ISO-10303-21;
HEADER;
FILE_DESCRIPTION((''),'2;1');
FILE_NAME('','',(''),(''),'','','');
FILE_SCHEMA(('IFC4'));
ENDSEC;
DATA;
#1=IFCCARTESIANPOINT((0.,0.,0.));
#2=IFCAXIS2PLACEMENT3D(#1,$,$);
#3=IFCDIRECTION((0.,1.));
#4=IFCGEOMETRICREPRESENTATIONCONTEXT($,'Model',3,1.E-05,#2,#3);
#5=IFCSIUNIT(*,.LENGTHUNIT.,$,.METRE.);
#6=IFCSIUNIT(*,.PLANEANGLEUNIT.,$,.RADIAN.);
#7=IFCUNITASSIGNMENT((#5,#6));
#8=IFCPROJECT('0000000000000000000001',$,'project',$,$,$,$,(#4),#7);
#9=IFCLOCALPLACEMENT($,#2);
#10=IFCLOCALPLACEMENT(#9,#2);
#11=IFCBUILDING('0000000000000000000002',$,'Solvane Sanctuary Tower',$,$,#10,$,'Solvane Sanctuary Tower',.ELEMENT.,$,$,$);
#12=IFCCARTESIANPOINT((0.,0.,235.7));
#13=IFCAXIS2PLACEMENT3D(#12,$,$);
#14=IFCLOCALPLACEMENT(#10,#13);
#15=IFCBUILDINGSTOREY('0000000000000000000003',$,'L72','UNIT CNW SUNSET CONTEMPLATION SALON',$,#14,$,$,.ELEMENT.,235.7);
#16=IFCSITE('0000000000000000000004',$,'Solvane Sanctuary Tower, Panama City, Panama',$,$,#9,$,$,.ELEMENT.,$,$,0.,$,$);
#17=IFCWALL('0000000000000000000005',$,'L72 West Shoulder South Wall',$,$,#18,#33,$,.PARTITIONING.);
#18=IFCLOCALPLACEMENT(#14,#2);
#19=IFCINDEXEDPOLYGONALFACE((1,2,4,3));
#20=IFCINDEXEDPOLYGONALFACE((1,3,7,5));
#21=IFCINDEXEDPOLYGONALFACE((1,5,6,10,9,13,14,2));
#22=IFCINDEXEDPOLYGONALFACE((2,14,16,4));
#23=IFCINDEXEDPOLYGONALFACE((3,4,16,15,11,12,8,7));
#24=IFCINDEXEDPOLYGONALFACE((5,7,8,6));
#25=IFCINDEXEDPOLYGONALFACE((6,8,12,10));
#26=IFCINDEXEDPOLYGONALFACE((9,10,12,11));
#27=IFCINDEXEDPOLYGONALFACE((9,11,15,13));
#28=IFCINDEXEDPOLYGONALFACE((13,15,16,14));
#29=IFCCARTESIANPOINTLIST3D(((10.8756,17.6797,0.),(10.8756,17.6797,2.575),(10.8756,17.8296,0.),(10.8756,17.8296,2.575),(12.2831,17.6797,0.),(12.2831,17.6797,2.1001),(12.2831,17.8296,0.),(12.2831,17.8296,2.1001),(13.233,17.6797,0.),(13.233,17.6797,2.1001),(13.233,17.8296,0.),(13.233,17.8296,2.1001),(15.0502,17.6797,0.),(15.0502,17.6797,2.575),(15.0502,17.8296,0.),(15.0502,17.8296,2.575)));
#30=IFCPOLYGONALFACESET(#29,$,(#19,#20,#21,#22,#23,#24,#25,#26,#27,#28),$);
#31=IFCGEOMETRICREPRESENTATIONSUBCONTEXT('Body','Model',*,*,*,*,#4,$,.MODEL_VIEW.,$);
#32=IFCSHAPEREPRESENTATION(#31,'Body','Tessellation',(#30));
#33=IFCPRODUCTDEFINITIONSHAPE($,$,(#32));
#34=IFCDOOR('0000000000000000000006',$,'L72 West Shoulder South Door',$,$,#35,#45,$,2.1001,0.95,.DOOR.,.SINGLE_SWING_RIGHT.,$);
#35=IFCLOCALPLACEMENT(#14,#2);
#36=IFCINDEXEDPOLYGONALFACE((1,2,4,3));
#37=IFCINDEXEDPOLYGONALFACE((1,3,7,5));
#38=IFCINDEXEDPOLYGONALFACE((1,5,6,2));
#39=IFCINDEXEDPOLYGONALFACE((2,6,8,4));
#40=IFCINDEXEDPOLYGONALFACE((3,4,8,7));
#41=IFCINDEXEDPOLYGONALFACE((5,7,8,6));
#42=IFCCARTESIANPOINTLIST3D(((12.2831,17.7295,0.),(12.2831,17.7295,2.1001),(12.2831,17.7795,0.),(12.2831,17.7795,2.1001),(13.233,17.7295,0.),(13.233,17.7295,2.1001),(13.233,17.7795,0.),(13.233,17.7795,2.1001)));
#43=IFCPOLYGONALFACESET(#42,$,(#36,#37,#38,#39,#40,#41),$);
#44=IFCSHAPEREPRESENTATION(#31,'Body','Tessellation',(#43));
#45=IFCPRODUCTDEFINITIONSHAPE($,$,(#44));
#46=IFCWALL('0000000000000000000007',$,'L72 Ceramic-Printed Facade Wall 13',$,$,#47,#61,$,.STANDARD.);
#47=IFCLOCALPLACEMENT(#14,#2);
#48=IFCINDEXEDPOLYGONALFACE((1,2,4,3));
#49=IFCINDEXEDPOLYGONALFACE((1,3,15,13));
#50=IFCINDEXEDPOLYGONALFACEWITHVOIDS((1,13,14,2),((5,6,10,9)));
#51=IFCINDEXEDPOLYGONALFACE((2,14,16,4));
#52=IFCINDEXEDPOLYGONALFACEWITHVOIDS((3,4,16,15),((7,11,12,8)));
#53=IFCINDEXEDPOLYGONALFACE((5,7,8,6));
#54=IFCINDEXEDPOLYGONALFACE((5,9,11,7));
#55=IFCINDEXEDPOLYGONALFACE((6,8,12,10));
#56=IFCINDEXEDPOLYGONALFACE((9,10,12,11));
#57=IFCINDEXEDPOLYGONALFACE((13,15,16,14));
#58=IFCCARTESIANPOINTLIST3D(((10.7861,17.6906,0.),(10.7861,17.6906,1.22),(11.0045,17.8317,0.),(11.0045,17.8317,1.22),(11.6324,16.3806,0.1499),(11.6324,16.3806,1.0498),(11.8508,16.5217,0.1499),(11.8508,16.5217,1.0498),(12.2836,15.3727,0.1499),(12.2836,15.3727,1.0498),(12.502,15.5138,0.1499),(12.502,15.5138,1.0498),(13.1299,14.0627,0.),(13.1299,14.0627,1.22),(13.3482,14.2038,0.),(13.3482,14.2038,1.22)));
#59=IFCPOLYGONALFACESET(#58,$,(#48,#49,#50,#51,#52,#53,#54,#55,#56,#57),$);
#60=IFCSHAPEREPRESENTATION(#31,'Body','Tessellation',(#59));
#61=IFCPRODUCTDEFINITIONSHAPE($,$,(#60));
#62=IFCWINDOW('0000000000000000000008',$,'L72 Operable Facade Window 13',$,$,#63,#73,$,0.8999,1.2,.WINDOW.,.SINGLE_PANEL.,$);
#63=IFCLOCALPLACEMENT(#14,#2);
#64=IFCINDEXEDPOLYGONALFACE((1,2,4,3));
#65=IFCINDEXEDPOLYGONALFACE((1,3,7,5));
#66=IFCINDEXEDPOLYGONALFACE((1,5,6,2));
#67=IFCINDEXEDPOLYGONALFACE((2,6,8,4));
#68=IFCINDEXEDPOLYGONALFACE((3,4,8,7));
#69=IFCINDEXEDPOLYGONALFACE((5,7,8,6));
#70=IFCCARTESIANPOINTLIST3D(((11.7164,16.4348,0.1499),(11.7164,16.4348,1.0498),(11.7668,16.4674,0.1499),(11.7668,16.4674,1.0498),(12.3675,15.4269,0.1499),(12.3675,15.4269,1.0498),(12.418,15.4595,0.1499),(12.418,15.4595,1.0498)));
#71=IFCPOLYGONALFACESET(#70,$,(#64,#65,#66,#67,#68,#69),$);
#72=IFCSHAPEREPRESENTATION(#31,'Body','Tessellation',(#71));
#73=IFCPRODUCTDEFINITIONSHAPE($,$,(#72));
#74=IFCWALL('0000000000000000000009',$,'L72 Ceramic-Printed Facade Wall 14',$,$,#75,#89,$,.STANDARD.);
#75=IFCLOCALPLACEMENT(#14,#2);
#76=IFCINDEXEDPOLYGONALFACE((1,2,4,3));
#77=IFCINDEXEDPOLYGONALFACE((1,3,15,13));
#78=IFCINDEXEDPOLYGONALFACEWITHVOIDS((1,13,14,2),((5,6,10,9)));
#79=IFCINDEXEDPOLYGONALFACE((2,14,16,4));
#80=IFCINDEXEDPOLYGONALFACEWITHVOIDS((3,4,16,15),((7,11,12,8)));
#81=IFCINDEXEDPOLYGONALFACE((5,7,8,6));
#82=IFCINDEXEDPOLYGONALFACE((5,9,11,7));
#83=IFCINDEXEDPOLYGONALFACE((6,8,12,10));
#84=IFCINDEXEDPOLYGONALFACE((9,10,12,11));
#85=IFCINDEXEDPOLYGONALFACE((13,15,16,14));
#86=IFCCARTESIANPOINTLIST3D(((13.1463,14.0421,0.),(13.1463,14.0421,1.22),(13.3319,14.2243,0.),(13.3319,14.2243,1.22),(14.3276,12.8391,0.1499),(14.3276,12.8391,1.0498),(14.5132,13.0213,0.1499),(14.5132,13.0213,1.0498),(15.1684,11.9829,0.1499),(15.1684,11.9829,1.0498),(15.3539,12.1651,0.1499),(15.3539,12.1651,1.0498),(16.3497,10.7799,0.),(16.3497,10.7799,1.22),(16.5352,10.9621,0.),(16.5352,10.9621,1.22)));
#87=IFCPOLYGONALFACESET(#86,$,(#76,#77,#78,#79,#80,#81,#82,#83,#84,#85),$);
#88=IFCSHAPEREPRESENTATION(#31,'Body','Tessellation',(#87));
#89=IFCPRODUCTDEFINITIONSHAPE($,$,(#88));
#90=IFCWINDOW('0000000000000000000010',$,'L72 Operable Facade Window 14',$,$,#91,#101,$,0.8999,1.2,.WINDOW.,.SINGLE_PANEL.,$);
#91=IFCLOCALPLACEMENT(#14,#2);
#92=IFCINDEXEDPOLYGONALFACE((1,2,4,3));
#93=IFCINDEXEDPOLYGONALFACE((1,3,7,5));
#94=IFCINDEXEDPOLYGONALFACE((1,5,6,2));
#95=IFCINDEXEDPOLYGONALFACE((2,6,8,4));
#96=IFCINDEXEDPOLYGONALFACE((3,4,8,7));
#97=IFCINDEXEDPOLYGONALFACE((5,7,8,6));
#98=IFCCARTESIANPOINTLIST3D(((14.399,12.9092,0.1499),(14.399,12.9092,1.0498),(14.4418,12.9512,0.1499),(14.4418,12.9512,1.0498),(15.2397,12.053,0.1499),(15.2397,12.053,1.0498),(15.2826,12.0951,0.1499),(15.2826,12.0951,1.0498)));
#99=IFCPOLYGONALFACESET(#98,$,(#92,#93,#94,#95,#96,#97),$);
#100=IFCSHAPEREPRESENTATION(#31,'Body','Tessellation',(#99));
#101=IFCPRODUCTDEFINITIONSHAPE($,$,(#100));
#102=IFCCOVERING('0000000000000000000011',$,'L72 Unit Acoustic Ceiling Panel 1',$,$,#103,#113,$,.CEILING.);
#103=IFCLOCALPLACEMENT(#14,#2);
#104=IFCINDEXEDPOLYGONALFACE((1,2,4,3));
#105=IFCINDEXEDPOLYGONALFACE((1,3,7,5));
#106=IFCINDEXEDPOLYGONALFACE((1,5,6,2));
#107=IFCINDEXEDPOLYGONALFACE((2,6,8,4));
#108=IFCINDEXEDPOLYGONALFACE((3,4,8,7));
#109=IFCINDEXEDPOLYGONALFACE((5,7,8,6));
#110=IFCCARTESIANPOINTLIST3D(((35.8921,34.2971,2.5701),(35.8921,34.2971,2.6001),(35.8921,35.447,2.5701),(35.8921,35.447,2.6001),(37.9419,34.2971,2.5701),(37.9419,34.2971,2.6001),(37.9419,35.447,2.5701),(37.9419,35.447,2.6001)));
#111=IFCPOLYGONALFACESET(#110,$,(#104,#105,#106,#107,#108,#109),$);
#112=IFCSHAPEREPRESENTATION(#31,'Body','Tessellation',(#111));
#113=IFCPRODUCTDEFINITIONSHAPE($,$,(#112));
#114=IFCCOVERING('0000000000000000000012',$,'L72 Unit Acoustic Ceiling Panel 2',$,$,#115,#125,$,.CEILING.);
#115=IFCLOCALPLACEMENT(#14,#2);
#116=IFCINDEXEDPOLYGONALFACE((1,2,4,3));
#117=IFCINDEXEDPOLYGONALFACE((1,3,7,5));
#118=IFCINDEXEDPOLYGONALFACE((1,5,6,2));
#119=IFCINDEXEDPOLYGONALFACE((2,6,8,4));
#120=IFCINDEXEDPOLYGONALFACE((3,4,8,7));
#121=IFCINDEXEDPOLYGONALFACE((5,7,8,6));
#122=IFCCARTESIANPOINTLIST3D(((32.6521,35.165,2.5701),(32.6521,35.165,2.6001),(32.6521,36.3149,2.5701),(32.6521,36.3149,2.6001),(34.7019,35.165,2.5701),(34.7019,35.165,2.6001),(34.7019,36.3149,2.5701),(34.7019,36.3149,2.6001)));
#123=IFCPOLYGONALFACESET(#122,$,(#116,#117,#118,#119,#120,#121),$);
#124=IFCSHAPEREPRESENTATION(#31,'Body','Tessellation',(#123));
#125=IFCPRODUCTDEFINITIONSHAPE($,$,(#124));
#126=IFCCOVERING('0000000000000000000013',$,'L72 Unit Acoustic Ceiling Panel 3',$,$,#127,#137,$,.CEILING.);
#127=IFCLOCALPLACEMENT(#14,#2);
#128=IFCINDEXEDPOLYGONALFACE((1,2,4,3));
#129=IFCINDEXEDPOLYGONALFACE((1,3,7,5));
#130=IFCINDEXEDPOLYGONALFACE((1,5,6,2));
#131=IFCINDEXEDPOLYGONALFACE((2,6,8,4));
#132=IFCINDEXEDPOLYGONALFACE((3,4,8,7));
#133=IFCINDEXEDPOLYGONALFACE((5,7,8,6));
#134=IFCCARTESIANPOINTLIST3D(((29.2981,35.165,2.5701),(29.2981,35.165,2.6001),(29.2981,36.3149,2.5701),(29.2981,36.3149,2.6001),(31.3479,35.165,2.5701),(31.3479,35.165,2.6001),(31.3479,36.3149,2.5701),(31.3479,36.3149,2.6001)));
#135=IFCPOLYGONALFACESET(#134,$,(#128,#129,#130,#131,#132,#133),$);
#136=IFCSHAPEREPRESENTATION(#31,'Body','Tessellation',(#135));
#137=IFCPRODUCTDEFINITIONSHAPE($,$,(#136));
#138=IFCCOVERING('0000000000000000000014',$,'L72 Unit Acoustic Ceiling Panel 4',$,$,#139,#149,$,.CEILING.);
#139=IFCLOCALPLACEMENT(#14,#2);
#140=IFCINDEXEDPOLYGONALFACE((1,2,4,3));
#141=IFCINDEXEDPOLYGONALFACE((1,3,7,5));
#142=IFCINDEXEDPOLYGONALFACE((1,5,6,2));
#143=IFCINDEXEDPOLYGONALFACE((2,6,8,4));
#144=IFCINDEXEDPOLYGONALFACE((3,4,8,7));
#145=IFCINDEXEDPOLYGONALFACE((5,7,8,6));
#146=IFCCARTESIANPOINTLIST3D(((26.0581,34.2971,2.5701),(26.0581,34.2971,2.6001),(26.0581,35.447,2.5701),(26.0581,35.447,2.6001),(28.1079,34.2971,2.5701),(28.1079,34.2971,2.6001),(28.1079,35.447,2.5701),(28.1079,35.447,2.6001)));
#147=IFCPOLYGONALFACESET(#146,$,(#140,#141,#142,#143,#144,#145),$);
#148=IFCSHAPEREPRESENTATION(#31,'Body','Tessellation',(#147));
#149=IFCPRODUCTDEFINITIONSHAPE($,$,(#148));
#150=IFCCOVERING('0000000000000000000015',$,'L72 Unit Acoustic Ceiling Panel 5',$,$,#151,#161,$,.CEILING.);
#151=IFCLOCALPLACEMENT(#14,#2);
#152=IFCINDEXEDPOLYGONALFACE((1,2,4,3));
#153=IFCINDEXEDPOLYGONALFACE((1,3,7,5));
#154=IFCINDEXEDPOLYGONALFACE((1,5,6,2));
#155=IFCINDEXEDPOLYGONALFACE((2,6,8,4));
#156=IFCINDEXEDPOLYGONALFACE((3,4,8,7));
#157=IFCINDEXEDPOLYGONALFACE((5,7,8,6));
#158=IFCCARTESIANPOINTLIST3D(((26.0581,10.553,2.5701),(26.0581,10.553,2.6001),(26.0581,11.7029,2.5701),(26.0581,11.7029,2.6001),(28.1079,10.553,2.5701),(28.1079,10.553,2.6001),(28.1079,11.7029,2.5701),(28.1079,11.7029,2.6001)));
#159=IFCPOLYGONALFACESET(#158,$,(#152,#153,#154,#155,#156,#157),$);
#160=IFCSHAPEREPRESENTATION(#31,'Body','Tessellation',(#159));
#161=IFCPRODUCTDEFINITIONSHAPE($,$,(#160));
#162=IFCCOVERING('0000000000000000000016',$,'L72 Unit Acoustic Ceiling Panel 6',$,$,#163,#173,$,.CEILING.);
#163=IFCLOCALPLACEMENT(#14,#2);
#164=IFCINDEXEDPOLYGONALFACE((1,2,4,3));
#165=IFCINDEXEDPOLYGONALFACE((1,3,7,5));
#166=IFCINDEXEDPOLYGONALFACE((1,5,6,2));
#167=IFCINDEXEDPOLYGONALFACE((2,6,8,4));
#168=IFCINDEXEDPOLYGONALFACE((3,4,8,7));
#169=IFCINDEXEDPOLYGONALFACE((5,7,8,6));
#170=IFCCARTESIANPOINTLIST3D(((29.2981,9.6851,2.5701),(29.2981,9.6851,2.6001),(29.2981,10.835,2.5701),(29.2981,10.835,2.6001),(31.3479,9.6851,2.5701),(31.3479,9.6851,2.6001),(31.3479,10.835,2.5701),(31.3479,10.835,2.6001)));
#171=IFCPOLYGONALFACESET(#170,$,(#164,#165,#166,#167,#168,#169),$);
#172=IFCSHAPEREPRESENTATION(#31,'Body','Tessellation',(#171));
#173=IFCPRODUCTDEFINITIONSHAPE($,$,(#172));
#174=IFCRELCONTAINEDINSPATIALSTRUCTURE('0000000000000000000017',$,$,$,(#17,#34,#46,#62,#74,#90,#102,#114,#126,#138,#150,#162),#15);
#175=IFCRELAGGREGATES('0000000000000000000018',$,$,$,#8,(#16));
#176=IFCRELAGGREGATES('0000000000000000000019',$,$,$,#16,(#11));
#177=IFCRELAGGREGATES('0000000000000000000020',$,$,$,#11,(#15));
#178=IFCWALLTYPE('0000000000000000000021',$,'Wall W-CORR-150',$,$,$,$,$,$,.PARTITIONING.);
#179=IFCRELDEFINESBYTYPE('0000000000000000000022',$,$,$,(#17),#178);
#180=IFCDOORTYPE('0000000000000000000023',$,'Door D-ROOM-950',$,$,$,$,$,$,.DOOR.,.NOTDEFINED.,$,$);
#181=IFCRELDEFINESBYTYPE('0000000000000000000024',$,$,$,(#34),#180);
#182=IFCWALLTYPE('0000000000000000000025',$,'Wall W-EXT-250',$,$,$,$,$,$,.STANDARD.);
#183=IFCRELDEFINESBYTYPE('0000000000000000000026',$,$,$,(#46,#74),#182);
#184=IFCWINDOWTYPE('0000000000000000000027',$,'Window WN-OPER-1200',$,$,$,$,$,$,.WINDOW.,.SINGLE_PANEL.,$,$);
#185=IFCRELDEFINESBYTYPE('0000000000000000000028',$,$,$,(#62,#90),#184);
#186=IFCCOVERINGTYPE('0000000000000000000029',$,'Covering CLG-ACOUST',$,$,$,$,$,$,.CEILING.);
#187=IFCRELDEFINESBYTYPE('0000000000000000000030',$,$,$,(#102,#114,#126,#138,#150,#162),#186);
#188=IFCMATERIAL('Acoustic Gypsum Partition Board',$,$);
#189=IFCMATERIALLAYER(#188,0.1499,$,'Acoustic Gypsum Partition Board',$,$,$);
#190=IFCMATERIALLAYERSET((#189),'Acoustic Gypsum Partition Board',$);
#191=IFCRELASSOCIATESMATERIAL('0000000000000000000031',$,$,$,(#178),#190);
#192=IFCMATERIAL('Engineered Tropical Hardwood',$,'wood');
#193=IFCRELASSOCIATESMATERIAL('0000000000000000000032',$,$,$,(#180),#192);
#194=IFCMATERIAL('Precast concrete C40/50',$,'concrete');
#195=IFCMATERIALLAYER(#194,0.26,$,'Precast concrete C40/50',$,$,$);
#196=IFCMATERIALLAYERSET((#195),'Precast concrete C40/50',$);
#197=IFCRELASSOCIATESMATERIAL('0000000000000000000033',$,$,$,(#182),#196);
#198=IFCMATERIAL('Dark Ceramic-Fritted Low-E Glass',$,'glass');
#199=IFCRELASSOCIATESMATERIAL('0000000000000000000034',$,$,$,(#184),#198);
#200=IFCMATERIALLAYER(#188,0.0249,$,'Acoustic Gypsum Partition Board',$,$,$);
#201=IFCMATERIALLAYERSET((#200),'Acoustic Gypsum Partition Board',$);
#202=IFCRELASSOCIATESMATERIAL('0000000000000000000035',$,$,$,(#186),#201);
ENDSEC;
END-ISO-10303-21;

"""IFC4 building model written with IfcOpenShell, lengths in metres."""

from ifc_helpers import new_model, si_unit, direction, frame, frame_2d, origin, place, context, subcontext, project, spatial, polyline, rectangle, outline, extrude, material, layer, layer_set, type_object, element, fill, save


model = new_model("IFC4")

# Units and contexts
model_context = context("Model", 3, precision=1e-05, world=origin(), true_north=direction((0.0, 1.0)))
body_context = subcontext(model_context, "Body", "Model", "MODEL_VIEW")
ifc_project = project(units=[si_unit("LENGTHUNIT", "METRE"), si_unit("PLANEANGLEUNIT", "RADIAN")], contexts=[model_context])

# Site, building, storey
site_placement = place(None, origin())
site = spatial("IfcSite", under=ifc_project, at=site_placement, Name="Solvane Sanctuary Tower, Panama City, Panama", CompositionType="ELEMENT", RefElevation=0.0)
building_placement = place(site_placement, origin())
building = spatial("IfcBuilding", under=site, at=building_placement, Name="Solvane Sanctuary Tower", LongName="Solvane Sanctuary Tower", CompositionType="ELEMENT")
storey_placement = place(building_placement, frame((0.0, 0.0, 235.7)))
storey = spatial("IfcBuildingStorey", under=building, at=storey_placement, Name="L72", Description="UNIT CNW SUNSET CONTEMPLATION SALON", CompositionType="ELEMENT", Elevation=235.7)

# Wall, opening, door
ifc_material_1 = material(Name="Acoustic Gypsum Partition Board")
ifc_layer_1 = layer(ifc_material_1, 0.1499, Name="Acoustic Gypsum Partition Board")
ifc_layer_set_1 = layer_set([ifc_layer_1], Name="Acoustic Gypsum Partition Board")
wall_type_1 = type_object("IfcWallType", Name="Wall W-CORR-150", PredefinedType="PARTITIONING", material=ifc_layer_set_1)
wall_1_placement = place(storey_placement, frame((10.8755, 17.7546, 0.0), z_axis=(0.0, 0.0, 1.0), x_axis=(1.0, 0.0, 0.0)))
wall_1 = element("IfcWall", 1, at=wall_1_placement, inside=storey, type_object=wall_type_1, Name="L72 West Shoulder South Wall", PredefinedType="PARTITIONING", context=body_context, shape_type="SweptSolid", body=[
    extrude(rectangle(XDim=4.1746, YDim=0.1499, at=frame_2d((2.0874, 0.0))), origin(), (0.0, 0.0, 1.0), 2.575),
])
opening_1_placement = place(wall_1_placement, frame((1.4075, 0.0, 0.0)))
opening_1 = element("IfcOpeningElement", 2, at=opening_1_placement, cuts=wall_1, PredefinedType="OPENING", context=body_context, shape_type="SweptSolid", body=[
    extrude(rectangle(XDim=0.95, YDim=2.1001, at=frame_2d((0.4751, 1.05))), frame((0.0, 0.085, 0.0), z_axis=(0.0, -1.0, 0.0), x_axis=(1.0, 0.0, 0.0)), (0.0, 0.0, 1.0), 0.1699),
])
ifc_material_2 = material(Name="Engineered Tropical Hardwood", Category="wood")
door_type = type_object("IfcDoorType", Name="Door D-ROOM-950", OperationType="NOTDEFINED", PredefinedType="DOOR", material=ifc_material_2)
door_placement = place(opening_1_placement, origin())
door = element("IfcDoor", 3, at=door_placement, inside=storey, type_object=door_type, Name="L72 West Shoulder South Door", OperationType="SINGLE_SWING_RIGHT", OverallHeight=2.1001, OverallWidth=0.95, PredefinedType="DOOR", context=body_context, shape_type="SweptSolid", body=[
    extrude(rectangle(XDim=0.95, YDim=2.1001, at=frame_2d((0.4751, 1.05))), frame((0.0, 0.0249, 0.0), z_axis=(0.0, -1.0, 0.0), x_axis=(1.0, 0.0, 0.0)), (0.0, 0.0, 1.0), 0.05),
])
fill(opening_1, door)

# Walls, openings, windows
ifc_material_3 = material(Name="Precast concrete C40/50", Category="concrete")
ifc_layer_2 = layer(ifc_material_3, 0.26, Name="Precast concrete C40/50")
ifc_layer_set_2 = layer_set([ifc_layer_2], Name="Precast concrete C40/50")
wall_type_2 = type_object("IfcWallType", Name="Wall W-EXT-250", PredefinedType="STANDARD", material=ifc_layer_set_2)
wall_2_placement = place(storey_placement, frame((10.8953, 17.7612, 0.0), z_axis=(0.0, 0.0, 1.0), x_axis=(0.542642, -0.839964, 0.0)))
wall_2 = element("IfcWall", 4, at=wall_2_placement, inside=storey, type_object=wall_type_2, Name="L72 Ceramic-Printed Facade Wall 13", PredefinedType="STANDARD", context=body_context, shape_type="SweptSolid", body=[
    extrude(rectangle(XDim=4.3191, YDim=0.26, at=frame_2d((2.1597, 0.0))), origin(), (0.0, 0.0, 1.0), 1.22),
])
opening_2_placement = place(wall_2_placement, frame((1.5596, 0.0, 0.1499)))
opening_2 = element("IfcOpeningElement", 5, at=opening_2_placement, cuts=wall_2, PredefinedType="OPENING", context=body_context, shape_type="SweptSolid", body=[
    extrude(rectangle(XDim=1.2, YDim=0.8999, at=frame_2d((0.6001, 0.45))), frame((0.0, 0.1399, 0.0), z_axis=(0.0, -1.0, 0.0), x_axis=(1.0, 0.0, 0.0)), (0.0, 0.0, 1.0), 0.28),
])
ifc_material_4 = material(Name="Dark Ceramic-Fritted Low-E Glass", Category="glass")
window_type = type_object("IfcWindowType", Name="Window WN-OPER-1200", PartitioningType="SINGLE_PANEL", PredefinedType="WINDOW", material=ifc_material_4)
window_1_placement = place(opening_2_placement, origin())
window_1 = element("IfcWindow", 6, at=window_1_placement, inside=storey, type_object=window_type, Name="L72 Operable Facade Window 13", OverallHeight=0.8999, OverallWidth=1.2, PartitioningType="SINGLE_PANEL", PredefinedType="WINDOW", context=body_context, shape_type="SweptSolid", body=[
    extrude(rectangle(XDim=1.2, YDim=0.8999, at=frame_2d((0.6001, 0.45))), frame((0.0, 0.03, 0.0), z_axis=(0.0, -1.0, 0.0), x_axis=(1.0, 0.0, 0.0)), (0.0, 0.0, 1.0), 0.0601),
])
fill(opening_2, window_1)
wall_3_placement = place(storey_placement, frame((13.239, 14.1333, 0.0), z_axis=(0.0, 0.0, 1.0), x_axis=(0.700643, -0.713512, 0.0)))
wall_3 = element("IfcWall", 7, at=wall_3_placement, inside=storey, type_object=wall_type_2, Name="L72 Ceramic-Printed Facade Wall 14", PredefinedType="STANDARD", context=body_context, shape_type="SweptSolid", body=[
    extrude(rectangle(XDim=4.572, YDim=0.26, at=frame_2d((2.2861, 0.0))), origin(), (0.0, 0.0, 1.0), 1.22),
])
opening_3_placement = place(wall_3_placement, frame((1.686, 0.0, 0.1499)))
opening_3 = element("IfcOpeningElement", 8, at=opening_3_placement, cuts=wall_3, PredefinedType="OPENING", context=body_context, shape_type="SweptSolid", body=[
    extrude(rectangle(XDim=1.2, YDim=0.8999, at=frame_2d((0.6001, 0.45))), frame((0.0, 0.1399, 0.0), z_axis=(0.0, -1.0, 0.0), x_axis=(1.0, 0.0, 0.0)), (0.0, 0.0, 1.0), 0.28),
])
window_2_placement = place(opening_3_placement, origin())
window_2 = element("IfcWindow", 9, at=window_2_placement, inside=storey, type_object=window_type, Name="L72 Operable Facade Window 14", OverallHeight=0.8999, OverallWidth=1.2, PartitioningType="SINGLE_PANEL", PredefinedType="WINDOW", context=body_context, shape_type="SweptSolid", body=[
    extrude(rectangle(XDim=1.2, YDim=0.8999, at=frame_2d((0.6001, 0.45))), frame((0.0, 0.03, 0.0), z_axis=(0.0, -1.0, 0.0), x_axis=(1.0, 0.0, 0.0)), (0.0, 0.0, 1.0), 0.0601),
])
fill(opening_3, window_2)

# Coverings
ifc_layer_3 = layer(ifc_material_1, 0.0249, Name="Acoustic Gypsum Partition Board")
ifc_layer_set_3 = layer_set([ifc_layer_3], Name="Acoustic Gypsum Partition Board")
covering_type_1 = type_object("IfcCoveringType", Name="Covering CLG-ACOUST", PredefinedType="CEILING", material=ifc_layer_set_3)
covering_1_placement = place(storey_placement, frame((0.0, 0.0, 2.5701)))
element("IfcCovering", 10, at=covering_1_placement, inside=storey, type_object=covering_type_1, Name="L72 Unit Acoustic Ceiling Panel 1", PredefinedType="CEILING", context=body_context, shape_type="SweptSolid", body=[
    extrude(outline(polyline([(35.8921, 34.2971), (37.9419, 34.2971), (37.9419, 35.447), (35.8921, 35.447), (35.8921, 34.2971)])), origin(), (0.0, 0.0, 1.0), 0.03),
])
covering_2_placement = place(storey_placement, frame((0.0, 0.0, 2.5701)))
element("IfcCovering", 11, at=covering_2_placement, inside=storey, type_object=covering_type_1, Name="L72 Unit Acoustic Ceiling Panel 2", PredefinedType="CEILING", context=body_context, shape_type="SweptSolid", body=[
    extrude(outline(polyline([(32.6521, 35.165), (34.7019, 35.165), (34.7019, 36.3149), (32.6521, 36.3149), (32.6521, 35.165)])), origin(), (0.0, 0.0, 1.0), 0.03),
])
covering_3_placement = place(storey_placement, frame((0.0, 0.0, 2.5701)))
element("IfcCovering", 12, at=covering_3_placement, inside=storey, type_object=covering_type_1, Name="L72 Unit Acoustic Ceiling Panel 3", PredefinedType="CEILING", context=body_context, shape_type="SweptSolid", body=[
    extrude(outline(polyline([(29.2981, 35.165), (31.3479, 35.165), (31.3479, 36.3149), (29.2981, 36.3149), (29.2981, 35.165)])), origin(), (0.0, 0.0, 1.0), 0.03),
])
covering_4_placement = place(storey_placement, frame((0.0, 0.0, 2.5701)))
element("IfcCovering", 13, at=covering_4_placement, inside=storey, type_object=covering_type_1, Name="L72 Unit Acoustic Ceiling Panel 4", PredefinedType="CEILING", context=body_context, shape_type="SweptSolid", body=[
    extrude(outline(polyline([(26.0581, 34.2971), (28.1079, 34.2971), (28.1079, 35.447), (26.0581, 35.447), (26.0581, 34.2971)])), origin(), (0.0, 0.0, 1.0), 0.03),
])
covering_5_placement = place(storey_placement, frame((0.0, 0.0, 2.5701)))
element("IfcCovering", 14, at=covering_5_placement, inside=storey, type_object=covering_type_1, Name="L72 Unit Acoustic Ceiling Panel 5", PredefinedType="CEILING", context=body_context, shape_type="SweptSolid", body=[
    extrude(outline(polyline([(26.0581, 10.553), (28.1079, 10.553), (28.1079, 11.7029), (26.0581, 11.7029), (26.0581, 10.553)])), origin(), (0.0, 0.0, 1.0), 0.03),
])
covering_6_placement = place(storey_placement, frame((0.0, 0.0, 2.5701)))
element("IfcCovering", 15, at=covering_6_placement, inside=storey, type_object=covering_type_1, Name="L72 Unit Acoustic Ceiling Panel 6", PredefinedType="CEILING", context=body_context, shape_type="SweptSolid", body=[
    extrude(outline(polyline([(29.2981, 9.6851), (31.3479, 9.6851), (31.3479, 10.835), (29.2981, 10.835), (29.2981, 9.6851)])), origin(), (0.0, 0.0, 1.0), 0.03),
])

save(model, "model.ifc")
